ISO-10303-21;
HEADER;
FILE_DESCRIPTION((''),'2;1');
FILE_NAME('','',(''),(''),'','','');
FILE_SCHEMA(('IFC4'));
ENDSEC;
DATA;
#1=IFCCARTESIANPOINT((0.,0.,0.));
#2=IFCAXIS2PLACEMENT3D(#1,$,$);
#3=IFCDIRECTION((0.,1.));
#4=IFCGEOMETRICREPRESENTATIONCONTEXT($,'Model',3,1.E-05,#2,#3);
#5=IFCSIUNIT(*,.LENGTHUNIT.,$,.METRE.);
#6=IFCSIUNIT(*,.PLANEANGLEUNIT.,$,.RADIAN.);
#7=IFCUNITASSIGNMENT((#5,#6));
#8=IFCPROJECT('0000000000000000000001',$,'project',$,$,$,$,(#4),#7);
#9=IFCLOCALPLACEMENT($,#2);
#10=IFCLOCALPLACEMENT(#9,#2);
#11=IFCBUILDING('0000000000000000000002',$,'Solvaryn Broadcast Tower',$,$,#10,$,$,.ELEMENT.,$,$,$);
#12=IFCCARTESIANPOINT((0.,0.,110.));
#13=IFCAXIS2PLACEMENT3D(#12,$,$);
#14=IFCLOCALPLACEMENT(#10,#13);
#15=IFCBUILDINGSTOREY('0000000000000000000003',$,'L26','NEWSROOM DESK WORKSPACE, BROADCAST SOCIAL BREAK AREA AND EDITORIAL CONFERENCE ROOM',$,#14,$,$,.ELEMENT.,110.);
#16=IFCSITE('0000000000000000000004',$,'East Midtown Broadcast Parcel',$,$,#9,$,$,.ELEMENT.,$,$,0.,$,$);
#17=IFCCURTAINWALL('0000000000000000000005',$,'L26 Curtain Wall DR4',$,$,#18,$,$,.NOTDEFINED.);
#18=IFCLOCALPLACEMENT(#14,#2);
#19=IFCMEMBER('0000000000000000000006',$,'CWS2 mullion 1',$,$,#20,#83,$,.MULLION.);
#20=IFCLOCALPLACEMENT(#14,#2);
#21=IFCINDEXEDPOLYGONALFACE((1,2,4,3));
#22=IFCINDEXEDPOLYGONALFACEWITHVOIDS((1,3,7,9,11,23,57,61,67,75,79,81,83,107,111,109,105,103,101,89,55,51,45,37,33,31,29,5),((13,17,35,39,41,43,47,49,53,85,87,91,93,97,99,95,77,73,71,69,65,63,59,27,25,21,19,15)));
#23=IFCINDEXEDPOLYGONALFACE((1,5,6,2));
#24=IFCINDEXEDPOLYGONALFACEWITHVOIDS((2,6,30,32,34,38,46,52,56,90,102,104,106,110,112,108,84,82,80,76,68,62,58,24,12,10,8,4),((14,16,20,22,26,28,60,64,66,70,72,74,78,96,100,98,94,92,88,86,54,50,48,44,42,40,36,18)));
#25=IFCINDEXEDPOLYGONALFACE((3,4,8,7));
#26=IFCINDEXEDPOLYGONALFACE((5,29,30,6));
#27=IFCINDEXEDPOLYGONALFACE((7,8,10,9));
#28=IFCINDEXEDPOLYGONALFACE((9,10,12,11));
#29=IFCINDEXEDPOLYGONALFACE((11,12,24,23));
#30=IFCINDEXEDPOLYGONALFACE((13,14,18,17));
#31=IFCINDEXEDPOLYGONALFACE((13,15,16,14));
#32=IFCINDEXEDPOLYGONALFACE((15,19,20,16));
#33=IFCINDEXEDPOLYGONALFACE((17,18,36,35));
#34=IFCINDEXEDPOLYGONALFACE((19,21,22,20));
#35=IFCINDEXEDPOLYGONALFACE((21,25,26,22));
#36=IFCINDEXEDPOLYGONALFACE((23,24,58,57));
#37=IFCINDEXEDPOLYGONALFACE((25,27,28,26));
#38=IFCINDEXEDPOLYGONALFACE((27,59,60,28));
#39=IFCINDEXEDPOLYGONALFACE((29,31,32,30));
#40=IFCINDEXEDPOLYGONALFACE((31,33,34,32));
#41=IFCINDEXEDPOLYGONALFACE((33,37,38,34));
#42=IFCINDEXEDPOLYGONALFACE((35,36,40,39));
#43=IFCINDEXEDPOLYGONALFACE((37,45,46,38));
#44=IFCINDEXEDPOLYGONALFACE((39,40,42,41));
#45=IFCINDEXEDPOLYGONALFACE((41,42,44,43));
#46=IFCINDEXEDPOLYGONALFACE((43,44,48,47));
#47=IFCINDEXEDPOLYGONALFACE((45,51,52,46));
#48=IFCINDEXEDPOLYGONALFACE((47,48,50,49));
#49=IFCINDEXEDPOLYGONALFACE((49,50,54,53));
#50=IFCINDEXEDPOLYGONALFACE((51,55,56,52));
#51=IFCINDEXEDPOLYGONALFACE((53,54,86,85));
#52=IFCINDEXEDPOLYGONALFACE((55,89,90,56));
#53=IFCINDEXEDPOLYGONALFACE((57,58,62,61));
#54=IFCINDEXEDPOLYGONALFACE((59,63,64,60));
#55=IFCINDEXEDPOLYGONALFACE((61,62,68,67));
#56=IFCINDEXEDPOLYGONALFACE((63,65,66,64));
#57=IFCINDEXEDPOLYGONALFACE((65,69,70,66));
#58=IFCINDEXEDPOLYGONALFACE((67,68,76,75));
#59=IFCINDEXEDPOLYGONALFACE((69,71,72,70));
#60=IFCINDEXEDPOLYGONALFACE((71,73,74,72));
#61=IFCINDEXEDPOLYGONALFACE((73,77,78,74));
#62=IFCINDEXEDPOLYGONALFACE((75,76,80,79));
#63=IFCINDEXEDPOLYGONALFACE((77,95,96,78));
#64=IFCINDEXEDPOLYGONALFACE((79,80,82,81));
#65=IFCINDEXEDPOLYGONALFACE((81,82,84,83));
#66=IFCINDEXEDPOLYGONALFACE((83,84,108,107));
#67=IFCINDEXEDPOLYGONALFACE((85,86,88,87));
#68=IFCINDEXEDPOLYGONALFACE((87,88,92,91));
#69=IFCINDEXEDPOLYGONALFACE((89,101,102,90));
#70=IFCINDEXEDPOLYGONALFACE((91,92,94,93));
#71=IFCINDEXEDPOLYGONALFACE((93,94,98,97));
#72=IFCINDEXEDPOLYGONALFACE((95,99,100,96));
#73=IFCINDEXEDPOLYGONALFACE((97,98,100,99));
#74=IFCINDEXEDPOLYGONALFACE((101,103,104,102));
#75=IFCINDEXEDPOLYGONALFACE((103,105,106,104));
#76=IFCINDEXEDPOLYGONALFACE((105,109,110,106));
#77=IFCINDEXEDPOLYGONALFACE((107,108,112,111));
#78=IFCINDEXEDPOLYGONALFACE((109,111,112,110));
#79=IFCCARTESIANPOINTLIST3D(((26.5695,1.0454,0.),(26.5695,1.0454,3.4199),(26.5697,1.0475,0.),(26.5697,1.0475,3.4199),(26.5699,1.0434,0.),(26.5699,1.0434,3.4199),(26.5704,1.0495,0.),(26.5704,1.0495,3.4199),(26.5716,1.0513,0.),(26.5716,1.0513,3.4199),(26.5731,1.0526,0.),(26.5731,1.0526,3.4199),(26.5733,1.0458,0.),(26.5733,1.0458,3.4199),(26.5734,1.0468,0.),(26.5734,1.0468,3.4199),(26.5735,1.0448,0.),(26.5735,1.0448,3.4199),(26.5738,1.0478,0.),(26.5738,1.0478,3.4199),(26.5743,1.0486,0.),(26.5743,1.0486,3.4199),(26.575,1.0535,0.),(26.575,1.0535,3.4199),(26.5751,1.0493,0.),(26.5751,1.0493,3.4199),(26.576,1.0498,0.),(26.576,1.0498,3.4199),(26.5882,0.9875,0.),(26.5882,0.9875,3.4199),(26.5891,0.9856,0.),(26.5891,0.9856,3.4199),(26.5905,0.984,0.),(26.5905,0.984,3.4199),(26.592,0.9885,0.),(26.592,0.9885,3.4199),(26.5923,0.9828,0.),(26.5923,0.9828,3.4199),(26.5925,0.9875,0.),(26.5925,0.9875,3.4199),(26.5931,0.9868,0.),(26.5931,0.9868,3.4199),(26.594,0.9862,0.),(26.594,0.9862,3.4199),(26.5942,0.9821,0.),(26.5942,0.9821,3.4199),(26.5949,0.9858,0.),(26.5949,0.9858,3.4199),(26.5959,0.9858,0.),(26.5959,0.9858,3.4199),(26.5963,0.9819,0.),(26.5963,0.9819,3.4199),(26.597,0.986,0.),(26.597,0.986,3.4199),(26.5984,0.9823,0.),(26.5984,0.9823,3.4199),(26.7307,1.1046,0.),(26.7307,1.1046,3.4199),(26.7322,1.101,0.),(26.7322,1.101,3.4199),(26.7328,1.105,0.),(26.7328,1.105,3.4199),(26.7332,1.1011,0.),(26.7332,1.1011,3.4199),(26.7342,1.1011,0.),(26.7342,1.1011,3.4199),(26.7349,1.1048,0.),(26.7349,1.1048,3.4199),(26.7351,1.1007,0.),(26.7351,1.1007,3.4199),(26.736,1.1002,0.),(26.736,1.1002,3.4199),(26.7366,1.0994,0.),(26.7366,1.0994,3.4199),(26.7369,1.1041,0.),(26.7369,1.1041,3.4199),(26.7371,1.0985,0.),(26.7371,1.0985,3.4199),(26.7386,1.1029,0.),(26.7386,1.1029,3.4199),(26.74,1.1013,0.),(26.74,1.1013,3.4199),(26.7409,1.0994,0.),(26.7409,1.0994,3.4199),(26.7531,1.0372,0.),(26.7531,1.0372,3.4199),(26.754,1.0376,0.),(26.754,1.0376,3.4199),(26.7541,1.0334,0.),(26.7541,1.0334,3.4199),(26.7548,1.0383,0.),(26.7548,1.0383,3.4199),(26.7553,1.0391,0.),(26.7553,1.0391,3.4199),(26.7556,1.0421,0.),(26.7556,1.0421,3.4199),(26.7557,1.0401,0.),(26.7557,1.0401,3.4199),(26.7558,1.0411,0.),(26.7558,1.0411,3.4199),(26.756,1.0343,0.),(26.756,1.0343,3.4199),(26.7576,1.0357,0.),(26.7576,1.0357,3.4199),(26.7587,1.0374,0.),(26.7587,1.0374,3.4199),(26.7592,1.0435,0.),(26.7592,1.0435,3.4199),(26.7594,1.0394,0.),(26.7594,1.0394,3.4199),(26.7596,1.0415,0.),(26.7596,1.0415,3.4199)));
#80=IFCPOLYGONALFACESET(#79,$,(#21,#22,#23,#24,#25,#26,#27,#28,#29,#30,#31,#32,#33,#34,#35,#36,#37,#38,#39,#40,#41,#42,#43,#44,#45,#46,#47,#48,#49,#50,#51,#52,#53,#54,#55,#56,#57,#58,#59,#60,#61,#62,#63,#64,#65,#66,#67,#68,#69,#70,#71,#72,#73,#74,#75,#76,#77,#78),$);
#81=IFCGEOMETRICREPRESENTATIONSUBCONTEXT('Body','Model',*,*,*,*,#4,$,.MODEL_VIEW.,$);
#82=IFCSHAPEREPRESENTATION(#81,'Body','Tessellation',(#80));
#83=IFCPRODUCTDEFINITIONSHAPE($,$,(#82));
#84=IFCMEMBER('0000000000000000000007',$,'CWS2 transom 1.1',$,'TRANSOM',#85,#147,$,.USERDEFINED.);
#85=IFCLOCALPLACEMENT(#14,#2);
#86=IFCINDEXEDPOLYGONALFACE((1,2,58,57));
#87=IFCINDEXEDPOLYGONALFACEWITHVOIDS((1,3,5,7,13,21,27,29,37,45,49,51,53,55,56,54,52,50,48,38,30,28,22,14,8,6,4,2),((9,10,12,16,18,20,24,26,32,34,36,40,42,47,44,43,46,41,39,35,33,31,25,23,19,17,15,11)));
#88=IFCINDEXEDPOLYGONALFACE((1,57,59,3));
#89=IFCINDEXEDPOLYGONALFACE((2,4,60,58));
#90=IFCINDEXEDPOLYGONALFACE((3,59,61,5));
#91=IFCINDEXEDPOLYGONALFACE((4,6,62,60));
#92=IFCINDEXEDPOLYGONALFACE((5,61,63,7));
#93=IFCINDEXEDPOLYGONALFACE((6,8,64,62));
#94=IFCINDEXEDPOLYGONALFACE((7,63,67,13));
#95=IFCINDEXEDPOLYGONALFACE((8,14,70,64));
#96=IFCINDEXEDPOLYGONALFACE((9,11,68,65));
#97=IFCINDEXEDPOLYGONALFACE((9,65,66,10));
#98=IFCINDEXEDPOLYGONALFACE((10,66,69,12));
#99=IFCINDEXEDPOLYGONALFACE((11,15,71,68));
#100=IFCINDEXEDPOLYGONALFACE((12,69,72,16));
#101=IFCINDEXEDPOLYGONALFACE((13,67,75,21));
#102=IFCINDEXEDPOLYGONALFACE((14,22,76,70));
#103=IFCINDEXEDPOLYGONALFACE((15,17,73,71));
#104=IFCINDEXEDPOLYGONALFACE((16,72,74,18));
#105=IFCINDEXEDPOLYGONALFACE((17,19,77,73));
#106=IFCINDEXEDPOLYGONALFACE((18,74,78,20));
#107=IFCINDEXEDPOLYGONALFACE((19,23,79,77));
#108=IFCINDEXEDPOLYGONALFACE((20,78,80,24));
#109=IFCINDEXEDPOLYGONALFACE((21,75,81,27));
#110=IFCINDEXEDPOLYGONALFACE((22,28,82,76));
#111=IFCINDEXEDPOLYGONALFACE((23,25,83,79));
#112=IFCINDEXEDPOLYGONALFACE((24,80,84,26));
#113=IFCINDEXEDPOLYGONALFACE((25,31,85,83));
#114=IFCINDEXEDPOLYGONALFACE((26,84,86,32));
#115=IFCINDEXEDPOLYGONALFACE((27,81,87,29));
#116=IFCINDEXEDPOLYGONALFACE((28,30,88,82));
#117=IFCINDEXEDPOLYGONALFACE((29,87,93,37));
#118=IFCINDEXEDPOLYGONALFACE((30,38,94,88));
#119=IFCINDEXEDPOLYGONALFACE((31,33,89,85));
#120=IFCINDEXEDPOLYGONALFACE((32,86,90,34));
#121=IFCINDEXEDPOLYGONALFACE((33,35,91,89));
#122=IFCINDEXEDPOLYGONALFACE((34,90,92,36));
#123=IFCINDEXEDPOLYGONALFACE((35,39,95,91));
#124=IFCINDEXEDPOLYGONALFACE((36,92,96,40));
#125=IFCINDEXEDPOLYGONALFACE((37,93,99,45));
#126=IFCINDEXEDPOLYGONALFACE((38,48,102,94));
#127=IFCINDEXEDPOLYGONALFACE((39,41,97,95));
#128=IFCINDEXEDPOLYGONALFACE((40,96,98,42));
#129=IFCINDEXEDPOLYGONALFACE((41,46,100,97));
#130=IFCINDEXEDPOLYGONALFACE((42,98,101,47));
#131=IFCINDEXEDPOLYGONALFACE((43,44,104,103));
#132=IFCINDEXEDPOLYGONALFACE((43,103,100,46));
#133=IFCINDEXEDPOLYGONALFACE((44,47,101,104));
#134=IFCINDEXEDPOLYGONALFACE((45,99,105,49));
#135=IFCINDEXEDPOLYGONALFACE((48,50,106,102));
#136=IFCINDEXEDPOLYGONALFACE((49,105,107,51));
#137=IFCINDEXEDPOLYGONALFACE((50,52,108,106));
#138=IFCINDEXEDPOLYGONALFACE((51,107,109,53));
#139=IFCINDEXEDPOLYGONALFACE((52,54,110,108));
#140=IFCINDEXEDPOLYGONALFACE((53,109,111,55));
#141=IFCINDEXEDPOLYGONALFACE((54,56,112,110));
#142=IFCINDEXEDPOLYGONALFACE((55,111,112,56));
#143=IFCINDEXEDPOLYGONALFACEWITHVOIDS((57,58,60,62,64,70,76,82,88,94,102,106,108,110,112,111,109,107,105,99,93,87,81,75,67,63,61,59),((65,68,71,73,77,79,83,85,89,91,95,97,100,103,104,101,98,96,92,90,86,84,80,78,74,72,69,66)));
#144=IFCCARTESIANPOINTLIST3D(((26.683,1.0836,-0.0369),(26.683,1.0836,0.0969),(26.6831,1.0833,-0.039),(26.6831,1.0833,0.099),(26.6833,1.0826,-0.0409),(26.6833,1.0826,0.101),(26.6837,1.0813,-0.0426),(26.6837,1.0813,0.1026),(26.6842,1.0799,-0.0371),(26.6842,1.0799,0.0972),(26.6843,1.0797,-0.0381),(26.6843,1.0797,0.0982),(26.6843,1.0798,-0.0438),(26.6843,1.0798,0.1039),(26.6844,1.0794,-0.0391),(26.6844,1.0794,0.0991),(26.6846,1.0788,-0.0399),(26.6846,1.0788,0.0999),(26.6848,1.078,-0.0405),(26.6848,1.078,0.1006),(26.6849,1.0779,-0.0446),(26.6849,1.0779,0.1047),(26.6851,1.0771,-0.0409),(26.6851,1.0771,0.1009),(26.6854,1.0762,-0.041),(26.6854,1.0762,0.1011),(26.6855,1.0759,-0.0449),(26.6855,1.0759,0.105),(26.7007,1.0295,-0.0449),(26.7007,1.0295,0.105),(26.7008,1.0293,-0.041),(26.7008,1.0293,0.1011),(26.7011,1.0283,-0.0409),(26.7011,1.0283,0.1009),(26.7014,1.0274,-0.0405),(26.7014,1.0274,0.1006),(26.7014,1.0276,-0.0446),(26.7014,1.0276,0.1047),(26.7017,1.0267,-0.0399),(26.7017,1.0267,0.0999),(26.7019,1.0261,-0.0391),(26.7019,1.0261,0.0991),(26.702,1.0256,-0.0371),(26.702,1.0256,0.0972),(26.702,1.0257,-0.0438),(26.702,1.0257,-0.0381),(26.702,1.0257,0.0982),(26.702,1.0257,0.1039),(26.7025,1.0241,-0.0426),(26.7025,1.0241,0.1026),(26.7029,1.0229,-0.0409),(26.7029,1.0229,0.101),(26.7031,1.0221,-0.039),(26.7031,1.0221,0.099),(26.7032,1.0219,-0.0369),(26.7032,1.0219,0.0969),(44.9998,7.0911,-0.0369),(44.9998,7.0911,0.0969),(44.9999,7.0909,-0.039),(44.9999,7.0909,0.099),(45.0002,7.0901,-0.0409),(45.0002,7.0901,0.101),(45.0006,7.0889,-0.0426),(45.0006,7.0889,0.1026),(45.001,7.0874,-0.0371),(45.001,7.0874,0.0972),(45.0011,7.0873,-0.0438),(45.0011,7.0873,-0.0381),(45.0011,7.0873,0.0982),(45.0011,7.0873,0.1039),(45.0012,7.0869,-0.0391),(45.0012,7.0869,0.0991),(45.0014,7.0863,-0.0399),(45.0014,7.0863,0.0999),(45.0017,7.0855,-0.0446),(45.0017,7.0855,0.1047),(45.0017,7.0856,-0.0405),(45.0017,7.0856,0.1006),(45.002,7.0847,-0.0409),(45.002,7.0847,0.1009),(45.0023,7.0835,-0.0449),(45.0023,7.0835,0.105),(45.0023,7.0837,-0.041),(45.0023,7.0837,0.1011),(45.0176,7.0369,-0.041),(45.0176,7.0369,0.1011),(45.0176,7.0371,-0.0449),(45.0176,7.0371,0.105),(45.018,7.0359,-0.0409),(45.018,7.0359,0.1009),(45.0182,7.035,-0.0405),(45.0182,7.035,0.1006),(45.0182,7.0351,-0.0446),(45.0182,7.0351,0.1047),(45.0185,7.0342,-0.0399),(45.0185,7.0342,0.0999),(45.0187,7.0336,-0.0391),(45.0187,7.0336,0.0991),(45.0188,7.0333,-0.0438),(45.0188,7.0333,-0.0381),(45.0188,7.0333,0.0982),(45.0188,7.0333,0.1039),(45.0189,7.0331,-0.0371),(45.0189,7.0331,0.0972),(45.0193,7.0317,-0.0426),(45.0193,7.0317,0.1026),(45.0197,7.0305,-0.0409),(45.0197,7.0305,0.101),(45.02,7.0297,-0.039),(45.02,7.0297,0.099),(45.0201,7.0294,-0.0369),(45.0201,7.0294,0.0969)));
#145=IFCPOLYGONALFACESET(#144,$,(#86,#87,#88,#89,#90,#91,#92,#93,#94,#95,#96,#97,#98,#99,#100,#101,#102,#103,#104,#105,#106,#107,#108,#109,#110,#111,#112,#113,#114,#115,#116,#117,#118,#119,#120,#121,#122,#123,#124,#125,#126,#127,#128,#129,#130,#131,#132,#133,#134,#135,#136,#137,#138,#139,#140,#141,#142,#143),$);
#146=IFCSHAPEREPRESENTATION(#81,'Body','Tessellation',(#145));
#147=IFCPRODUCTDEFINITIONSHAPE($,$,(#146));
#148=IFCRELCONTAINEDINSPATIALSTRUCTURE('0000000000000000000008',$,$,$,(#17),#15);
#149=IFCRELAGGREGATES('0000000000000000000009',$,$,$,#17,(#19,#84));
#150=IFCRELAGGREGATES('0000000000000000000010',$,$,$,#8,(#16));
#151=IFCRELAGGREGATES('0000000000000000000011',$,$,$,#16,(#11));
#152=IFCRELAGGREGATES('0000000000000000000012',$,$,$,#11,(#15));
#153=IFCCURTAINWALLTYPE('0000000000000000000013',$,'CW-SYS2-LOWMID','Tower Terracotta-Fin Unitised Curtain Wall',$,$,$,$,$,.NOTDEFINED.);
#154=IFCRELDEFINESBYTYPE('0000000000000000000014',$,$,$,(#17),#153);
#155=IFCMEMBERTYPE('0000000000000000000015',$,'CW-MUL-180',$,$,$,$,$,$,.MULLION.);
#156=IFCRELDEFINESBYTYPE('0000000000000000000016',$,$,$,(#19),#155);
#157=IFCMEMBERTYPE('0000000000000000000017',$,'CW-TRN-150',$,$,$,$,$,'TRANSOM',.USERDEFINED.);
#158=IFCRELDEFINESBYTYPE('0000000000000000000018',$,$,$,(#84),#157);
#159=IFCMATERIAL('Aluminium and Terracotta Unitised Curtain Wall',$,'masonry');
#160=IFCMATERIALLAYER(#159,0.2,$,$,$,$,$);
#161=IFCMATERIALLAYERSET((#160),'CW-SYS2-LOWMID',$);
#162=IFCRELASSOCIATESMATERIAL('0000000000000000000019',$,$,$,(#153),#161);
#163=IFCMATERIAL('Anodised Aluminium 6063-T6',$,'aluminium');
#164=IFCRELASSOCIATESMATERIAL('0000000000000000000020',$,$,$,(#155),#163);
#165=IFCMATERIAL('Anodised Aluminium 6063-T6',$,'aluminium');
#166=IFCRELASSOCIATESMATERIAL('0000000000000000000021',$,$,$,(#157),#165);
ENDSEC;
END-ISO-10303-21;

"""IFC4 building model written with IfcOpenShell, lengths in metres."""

from ifc_helpers import new_model, si_unit, direction, frame, origin, origin_2d, place, context, subcontext, project, spatial, hollow_rectangle, extrude, material, layer, layer_set, material_profile, profile_set, type_object, element, aggregate, save


model = new_model("IFC4")

# Units and contexts
model_context = context("Model", 3, precision=1e-05, world=origin(), true_north=direction((0.0, 1.0)))
body_context = subcontext(model_context, "Body", "Model", "MODEL_VIEW")
ifc_project = project(units=[si_unit("LENGTHUNIT", "METRE"), si_unit("PLANEANGLEUNIT", "RADIAN")], contexts=[model_context])

# Site, building, storey
site_placement = place(None, origin())
site = spatial("IfcSite", under=ifc_project, at=site_placement, Name="East Midtown Broadcast Parcel", CompositionType="ELEMENT", RefElevation=0.0)
building_placement = place(site_placement, origin())
building = spatial("IfcBuilding", under=site, at=building_placement, Name="Solvaryn Broadcast Tower", CompositionType="ELEMENT")
storey_placement = place(building_placement, frame((0.0, 0.0, 110.0)))
storey = spatial("IfcBuildingStorey", under=building, at=storey_placement, Name="L26", Description="NEWSROOM DESK WORKSPACE, BROADCAST SOCIAL BREAK AREA AND EDITORIAL CONFERENCE ROOM", CompositionType="ELEMENT", Elevation=110.0)

# Shared definitions
ifc_material_1 = material(Name="Aluminium and Terracotta Unitised Curtain Wall", Category="masonry")
ifc_layer_1 = layer(ifc_material_1, 0.2)
ifc_layer_set_1 = layer_set([ifc_layer_1], Name="CW-SYS2-LOWMID")
curtain_wall_type = type_object("IfcCurtainWallType", Name="CW-SYS2-LOWMID", Description="Tower Terracotta-Fin Unitised Curtain Wall", PredefinedType="NOTDEFINED", material=ifc_layer_set_1)
ifc_material_2 = material(Name="Anodised Aluminium 6063-T6", Category="aluminium")
ifc_material_profile_1 = material_profile(ifc_material_2, hollow_rectangle(XDim=0.075, YDim=0.1799, WallThickness=0.0039, InnerFilletRadius=0.0039, OuterFilletRadius=0.0081, at=origin_2d()))
ifc_profile_set_1 = profile_set([ifc_material_profile_1], Name="Anodised Aluminium 6063-T6")
member_type_1 = type_object("IfcMemberType", Name="CW-MUL-180", PredefinedType="MULLION", material=ifc_profile_set_1)

# Curtain wall, members
curtain_wall_1_placement = place(storey_placement, origin())
curtain_wall_1 = element("IfcCurtainWall", 1, at=curtain_wall_1_placement, inside=storey, type_object=curtain_wall_type, Name="L26 Curtain Wall DR4", PredefinedType="NOTDEFINED")
member_1_placement = place(storey_placement, frame((26.6646, 1.0435, 0.0), z_axis=(0.0, 0.0, 1.0), x_axis=(-0.311646, 0.950198, 0.0)))
member_1 = element("IfcMember", 2, at=member_1_placement, type_object=member_type_1, Name="CWS2 mullion 1", PredefinedType="MULLION", context=body_context, shape_type="SweptSolid", body=[
    extrude(hollow_rectangle(XDim=0.075, YDim=0.1799, WallThickness=0.0039, InnerFilletRadius=0.0039, OuterFilletRadius=0.0081, at=origin_2d()), origin(), (0.0, 0.0, 1.0), 3.4199),
])
ifc_material_3 = material(Name="Anodised Aluminium 6063-T6", Category="aluminium")
ifc_material_profile_2 = material_profile(ifc_material_3, hollow_rectangle(XDim=0.0649, YDim=0.1499, WallThickness=0.0039, InnerFilletRadius=0.0039, OuterFilletRadius=0.0081, at=origin_2d()))
ifc_profile_set_2 = profile_set([ifc_material_profile_2], Name="Anodised Aluminium 6063-T6")
member_type_2 = type_object("IfcMemberType", Name="CW-TRN-150", ElementType="TRANSOM", PredefinedType="USERDEFINED", material=ifc_profile_set_2)
member_2_placement = place(storey_placement, frame((26.6931, 1.0527, 0.03), z_axis=(0.950198, 0.311646, 0.0), x_axis=(-0.311646, 0.950198, 0.0)))
member_2 = element("IfcMember", 3, at=member_2_placement, type_object=member_type_2, Name="CWS2 transom 1.1", ObjectType="TRANSOM", PredefinedType="USERDEFINED", context=body_context, shape_type="SweptSolid", body=[
    extrude(hollow_rectangle(XDim=0.0649, YDim=0.1499, WallThickness=0.0039, InnerFilletRadius=0.0039, OuterFilletRadius=0.0081, at=origin_2d()), origin(), (0.0, 0.0, 1.0), 19.2769),
])
aggregate(curtain_wall_1, [member_1, member_2])

save(model, "model.ifc")
